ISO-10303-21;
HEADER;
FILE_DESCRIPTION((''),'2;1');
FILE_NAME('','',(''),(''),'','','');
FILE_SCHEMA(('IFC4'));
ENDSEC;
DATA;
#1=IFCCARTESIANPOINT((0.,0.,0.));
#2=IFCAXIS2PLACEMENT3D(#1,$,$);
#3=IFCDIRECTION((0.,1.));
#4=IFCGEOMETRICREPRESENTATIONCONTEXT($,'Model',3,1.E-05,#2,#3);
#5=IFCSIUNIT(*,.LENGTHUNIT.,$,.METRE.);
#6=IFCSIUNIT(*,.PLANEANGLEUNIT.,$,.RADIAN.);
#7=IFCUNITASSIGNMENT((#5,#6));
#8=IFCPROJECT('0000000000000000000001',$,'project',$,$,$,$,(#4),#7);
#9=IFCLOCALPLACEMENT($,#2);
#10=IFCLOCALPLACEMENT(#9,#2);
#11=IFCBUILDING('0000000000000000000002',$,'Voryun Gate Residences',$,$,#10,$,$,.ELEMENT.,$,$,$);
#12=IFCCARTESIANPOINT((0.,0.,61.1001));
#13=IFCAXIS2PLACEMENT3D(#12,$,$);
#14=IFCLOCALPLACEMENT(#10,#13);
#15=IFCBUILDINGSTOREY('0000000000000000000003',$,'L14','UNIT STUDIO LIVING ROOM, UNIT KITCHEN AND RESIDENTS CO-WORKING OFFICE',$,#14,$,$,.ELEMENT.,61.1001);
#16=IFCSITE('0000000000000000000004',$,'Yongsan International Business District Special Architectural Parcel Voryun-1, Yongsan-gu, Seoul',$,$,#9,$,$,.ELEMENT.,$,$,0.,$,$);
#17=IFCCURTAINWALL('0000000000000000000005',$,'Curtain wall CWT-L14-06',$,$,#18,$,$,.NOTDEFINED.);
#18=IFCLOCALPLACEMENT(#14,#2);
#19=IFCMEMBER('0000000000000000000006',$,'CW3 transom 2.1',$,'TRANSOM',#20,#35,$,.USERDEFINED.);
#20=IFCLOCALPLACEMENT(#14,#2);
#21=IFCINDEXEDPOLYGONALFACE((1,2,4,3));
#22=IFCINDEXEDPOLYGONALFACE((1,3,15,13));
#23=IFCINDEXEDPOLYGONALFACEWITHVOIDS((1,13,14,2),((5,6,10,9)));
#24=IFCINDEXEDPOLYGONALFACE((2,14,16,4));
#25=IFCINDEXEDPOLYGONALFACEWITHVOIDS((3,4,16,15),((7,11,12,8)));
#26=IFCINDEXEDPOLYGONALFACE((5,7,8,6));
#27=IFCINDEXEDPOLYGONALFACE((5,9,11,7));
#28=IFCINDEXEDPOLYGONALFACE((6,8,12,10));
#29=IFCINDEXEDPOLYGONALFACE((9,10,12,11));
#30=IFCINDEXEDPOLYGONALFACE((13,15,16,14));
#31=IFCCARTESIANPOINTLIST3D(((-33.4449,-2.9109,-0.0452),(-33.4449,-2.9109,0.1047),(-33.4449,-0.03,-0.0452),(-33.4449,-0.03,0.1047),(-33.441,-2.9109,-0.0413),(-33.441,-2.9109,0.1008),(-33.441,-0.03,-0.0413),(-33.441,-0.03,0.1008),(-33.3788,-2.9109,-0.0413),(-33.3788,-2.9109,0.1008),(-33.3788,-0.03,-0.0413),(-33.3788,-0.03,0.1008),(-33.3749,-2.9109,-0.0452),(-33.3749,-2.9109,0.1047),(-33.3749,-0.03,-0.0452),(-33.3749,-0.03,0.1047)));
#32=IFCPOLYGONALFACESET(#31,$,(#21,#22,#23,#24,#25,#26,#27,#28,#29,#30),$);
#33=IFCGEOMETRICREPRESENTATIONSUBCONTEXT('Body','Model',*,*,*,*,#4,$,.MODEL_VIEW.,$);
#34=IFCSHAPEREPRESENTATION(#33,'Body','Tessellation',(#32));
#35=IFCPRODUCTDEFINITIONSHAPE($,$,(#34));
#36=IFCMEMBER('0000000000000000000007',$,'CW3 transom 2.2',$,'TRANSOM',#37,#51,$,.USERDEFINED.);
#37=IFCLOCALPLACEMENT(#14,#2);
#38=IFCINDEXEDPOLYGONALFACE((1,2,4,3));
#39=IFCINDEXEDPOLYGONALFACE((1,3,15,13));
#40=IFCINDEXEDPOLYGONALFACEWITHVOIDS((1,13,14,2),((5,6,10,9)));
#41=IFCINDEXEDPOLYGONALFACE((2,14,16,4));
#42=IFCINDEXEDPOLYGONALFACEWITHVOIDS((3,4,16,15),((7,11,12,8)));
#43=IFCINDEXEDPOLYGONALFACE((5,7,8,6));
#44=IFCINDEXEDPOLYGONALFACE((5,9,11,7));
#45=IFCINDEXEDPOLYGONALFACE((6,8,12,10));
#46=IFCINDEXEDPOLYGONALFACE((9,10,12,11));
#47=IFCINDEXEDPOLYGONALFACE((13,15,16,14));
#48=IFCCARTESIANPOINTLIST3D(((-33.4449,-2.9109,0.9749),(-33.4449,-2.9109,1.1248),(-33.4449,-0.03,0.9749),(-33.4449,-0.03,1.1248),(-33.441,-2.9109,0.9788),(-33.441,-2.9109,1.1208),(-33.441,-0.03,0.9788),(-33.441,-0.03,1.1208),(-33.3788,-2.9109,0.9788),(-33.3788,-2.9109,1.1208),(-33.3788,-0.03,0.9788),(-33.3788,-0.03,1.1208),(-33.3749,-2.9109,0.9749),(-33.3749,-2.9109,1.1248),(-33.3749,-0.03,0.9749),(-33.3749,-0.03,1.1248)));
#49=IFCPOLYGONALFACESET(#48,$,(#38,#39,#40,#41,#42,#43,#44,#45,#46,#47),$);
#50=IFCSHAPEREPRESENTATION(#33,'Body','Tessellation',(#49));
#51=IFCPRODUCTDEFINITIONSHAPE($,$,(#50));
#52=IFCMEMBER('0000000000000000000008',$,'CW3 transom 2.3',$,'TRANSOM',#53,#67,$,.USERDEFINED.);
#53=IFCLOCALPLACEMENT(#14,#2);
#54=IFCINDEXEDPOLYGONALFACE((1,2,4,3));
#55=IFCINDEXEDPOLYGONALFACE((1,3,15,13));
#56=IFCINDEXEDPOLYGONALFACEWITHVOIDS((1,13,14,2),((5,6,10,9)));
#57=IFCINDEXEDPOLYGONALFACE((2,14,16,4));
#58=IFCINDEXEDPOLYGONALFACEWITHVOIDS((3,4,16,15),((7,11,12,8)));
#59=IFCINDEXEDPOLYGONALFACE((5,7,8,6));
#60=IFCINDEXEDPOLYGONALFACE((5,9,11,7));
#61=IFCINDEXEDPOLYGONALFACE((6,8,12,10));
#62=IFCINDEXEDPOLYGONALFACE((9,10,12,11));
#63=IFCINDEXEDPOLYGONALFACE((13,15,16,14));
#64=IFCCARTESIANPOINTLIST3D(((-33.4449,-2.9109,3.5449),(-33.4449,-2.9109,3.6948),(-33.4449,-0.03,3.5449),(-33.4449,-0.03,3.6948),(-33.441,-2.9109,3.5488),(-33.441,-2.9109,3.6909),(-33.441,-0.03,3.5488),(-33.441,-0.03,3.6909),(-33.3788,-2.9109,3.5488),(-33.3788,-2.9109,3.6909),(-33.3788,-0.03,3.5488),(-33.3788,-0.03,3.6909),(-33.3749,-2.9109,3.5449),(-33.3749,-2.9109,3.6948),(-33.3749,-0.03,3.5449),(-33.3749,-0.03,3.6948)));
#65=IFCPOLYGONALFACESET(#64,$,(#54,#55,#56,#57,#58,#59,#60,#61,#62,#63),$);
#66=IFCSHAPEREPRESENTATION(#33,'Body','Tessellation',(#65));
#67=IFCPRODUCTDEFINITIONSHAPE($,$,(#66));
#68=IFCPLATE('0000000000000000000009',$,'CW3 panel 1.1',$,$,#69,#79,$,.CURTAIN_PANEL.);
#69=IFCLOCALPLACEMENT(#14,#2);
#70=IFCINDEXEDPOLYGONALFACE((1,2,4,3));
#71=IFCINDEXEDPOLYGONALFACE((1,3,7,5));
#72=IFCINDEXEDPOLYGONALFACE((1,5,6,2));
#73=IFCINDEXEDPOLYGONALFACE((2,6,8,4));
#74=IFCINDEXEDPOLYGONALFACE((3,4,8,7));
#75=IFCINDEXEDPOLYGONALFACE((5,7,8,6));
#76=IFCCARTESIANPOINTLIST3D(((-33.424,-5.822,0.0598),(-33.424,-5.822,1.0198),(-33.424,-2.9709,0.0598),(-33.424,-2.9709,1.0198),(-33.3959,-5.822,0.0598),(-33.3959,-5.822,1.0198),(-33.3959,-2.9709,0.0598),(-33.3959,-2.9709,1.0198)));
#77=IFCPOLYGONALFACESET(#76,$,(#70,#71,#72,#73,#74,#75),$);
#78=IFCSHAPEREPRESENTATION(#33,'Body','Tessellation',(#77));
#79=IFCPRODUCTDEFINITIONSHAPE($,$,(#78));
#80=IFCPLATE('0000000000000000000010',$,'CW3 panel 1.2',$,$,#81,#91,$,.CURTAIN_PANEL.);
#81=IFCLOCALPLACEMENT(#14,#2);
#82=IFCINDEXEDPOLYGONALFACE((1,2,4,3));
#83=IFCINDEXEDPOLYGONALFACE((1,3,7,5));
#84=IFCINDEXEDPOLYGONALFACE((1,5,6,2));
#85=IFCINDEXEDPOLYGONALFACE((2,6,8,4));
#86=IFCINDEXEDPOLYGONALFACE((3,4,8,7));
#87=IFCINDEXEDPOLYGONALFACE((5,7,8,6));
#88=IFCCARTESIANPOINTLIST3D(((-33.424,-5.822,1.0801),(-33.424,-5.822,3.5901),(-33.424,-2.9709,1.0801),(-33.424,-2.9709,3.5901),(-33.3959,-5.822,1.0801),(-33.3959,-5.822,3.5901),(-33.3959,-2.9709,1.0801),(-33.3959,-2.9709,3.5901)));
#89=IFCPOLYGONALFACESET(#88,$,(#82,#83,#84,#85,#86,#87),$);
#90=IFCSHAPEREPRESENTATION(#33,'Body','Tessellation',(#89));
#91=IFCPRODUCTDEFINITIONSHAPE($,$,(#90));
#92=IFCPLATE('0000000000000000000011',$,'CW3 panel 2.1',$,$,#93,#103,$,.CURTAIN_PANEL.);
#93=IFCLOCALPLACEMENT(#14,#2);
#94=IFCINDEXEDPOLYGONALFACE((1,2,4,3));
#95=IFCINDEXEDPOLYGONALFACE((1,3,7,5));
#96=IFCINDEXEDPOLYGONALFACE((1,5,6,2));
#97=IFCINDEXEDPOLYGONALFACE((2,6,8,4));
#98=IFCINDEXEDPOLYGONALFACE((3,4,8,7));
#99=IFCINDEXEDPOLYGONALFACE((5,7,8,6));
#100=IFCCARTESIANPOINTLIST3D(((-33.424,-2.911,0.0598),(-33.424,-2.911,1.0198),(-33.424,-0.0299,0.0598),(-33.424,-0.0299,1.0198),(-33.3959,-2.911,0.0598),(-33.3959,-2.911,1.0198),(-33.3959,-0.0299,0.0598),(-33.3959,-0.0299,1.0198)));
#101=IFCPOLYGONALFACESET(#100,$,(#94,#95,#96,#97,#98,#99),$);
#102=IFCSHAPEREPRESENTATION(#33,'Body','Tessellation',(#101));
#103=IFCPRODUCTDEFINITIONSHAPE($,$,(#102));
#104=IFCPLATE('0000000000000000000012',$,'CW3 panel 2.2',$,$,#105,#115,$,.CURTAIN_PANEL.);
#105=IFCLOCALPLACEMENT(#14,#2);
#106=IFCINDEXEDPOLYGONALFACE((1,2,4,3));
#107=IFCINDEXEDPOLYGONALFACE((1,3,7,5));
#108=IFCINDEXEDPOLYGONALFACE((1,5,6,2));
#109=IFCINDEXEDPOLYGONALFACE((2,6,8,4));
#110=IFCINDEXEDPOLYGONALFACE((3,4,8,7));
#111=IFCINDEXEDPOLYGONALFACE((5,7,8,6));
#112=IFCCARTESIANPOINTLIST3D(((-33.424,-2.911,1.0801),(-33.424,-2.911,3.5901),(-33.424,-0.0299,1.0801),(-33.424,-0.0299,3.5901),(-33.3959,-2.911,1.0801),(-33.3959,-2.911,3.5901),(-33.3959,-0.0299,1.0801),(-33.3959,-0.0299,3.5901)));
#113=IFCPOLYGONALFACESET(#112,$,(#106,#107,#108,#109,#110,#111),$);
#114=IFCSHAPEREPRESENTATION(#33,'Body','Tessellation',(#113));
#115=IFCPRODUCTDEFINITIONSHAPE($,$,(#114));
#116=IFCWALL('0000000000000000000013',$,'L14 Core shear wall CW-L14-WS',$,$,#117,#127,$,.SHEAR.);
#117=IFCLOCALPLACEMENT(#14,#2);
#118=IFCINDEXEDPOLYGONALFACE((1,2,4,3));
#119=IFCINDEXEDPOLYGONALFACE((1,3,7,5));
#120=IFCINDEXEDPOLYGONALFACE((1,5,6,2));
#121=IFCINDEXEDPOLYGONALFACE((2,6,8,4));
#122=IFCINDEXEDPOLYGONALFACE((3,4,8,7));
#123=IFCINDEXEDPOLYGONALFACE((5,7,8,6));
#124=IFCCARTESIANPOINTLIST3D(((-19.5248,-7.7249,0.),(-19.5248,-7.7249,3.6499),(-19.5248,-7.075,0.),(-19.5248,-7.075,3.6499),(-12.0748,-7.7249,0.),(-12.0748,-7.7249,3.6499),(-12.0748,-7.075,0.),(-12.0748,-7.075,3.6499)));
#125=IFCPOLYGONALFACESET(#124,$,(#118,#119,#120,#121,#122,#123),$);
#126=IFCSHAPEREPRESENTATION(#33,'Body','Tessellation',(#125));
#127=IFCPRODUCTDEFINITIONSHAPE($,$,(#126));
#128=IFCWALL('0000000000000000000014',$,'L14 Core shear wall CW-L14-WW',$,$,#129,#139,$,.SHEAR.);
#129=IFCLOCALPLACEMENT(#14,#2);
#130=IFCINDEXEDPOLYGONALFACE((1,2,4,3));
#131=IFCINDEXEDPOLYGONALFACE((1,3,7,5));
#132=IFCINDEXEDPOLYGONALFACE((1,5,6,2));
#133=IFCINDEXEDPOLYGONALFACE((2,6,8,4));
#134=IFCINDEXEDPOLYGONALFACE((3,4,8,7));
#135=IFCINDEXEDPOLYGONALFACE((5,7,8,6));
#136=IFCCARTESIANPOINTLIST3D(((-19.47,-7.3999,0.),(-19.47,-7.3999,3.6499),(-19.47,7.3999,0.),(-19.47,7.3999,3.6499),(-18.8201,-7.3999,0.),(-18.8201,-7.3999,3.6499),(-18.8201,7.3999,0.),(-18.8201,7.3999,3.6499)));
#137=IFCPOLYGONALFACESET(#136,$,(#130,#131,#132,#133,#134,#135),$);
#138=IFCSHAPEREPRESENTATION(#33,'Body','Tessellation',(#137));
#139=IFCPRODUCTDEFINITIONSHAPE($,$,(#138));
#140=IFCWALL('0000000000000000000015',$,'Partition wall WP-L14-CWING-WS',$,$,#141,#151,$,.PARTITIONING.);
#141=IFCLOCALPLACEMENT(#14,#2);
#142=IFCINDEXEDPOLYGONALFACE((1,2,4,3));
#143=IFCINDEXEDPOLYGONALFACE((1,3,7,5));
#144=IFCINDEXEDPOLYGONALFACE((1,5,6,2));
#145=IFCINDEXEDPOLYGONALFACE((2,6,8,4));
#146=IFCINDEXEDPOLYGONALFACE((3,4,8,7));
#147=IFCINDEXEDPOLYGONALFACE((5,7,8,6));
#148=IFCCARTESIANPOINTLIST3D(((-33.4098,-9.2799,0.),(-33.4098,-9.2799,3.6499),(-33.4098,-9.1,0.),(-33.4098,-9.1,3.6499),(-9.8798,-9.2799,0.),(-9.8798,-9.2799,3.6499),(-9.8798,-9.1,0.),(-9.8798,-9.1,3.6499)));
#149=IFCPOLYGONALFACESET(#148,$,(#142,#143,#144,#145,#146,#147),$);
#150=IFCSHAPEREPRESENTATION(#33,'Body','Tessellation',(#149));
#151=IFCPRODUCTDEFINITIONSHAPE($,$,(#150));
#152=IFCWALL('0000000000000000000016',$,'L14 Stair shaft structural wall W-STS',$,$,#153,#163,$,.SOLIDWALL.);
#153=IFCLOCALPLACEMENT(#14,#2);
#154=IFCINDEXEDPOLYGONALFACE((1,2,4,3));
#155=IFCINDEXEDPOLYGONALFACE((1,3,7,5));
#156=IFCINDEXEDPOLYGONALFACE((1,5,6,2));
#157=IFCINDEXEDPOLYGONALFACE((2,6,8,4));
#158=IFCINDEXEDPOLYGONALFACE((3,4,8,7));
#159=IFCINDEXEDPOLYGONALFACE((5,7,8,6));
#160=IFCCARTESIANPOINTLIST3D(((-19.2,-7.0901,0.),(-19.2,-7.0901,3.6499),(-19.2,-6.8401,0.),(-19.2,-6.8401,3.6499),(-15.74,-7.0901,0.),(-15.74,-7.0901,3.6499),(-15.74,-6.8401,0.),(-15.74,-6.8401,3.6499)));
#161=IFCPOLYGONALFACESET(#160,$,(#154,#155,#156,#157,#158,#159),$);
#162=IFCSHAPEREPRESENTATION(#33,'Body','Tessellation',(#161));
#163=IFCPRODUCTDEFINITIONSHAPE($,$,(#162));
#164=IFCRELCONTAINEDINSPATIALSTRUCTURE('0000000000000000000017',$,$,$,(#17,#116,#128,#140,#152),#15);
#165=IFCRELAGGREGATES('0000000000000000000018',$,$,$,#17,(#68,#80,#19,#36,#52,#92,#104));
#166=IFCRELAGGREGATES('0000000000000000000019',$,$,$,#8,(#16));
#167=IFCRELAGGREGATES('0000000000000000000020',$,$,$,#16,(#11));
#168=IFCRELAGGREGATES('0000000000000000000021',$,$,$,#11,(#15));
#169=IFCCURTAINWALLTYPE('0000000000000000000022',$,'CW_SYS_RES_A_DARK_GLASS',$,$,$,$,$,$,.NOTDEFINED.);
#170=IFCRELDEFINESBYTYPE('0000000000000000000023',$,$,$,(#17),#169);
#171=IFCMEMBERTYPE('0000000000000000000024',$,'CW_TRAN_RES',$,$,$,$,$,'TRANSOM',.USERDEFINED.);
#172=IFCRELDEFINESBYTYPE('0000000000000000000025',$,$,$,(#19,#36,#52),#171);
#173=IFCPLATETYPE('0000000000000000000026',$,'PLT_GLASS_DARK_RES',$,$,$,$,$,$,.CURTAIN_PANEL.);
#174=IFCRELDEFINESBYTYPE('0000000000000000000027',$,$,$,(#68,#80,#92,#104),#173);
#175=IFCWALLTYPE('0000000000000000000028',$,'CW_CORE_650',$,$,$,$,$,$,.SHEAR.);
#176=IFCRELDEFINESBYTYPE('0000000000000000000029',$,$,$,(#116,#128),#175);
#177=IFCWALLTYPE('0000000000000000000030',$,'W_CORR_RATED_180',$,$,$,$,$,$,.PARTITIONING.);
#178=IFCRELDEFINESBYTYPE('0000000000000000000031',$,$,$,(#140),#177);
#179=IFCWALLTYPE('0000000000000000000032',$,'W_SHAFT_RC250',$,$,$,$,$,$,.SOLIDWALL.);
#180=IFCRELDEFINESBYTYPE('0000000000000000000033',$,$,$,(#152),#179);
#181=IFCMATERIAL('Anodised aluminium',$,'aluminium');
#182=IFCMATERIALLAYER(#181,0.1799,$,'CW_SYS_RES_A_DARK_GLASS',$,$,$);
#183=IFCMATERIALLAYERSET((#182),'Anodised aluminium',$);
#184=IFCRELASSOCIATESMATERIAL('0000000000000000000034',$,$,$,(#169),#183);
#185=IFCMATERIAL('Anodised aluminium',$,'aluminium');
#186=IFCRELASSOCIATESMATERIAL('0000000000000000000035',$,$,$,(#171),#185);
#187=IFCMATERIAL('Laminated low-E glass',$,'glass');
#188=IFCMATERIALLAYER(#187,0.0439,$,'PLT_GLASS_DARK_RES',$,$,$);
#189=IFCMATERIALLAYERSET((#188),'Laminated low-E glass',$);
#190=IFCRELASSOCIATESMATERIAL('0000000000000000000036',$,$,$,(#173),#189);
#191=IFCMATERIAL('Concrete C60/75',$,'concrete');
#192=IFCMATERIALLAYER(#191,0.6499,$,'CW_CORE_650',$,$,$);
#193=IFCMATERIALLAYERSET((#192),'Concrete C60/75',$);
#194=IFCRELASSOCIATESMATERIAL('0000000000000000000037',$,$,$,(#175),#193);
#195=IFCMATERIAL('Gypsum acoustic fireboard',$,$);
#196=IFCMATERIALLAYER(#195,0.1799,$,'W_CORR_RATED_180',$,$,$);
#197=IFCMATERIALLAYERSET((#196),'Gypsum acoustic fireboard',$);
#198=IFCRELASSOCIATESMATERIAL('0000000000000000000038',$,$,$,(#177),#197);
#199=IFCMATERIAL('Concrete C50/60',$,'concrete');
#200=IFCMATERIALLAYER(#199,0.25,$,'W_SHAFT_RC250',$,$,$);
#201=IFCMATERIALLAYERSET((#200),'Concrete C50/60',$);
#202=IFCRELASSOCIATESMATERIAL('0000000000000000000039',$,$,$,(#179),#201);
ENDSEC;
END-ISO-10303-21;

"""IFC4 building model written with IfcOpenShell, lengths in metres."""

from ifc_helpers import new_model, si_unit, direction, frame, frame_2d, origin, origin_2d, place, context, subcontext, project, spatial, rectangle, hollow_rectangle, extrude, material, layer, layer_set, material_profile, profile_set, type_object, element, aggregate, save


model = new_model("IFC4")

# Units and contexts
model_context = context("Model", 3, precision=1e-05, world=origin(), true_north=direction((0.0, 1.0)))
body_context = subcontext(model_context, "Body", "Model", "MODEL_VIEW")
ifc_project = project(units=[si_unit("LENGTHUNIT", "METRE"), si_unit("PLANEANGLEUNIT", "RADIAN")], contexts=[model_context])

# Site, building, storey
site_placement = place(None, origin())
site = spatial("IfcSite", under=ifc_project, at=site_placement, Name="Yongsan International Business District Special Architectural Parcel Voryun-1, Yongsan-gu, Seoul", CompositionType="ELEMENT", RefElevation=0.0)
building_placement = place(site_placement, origin())
building = spatial("IfcBuilding", under=site, at=building_placement, Name="Voryun Gate Residences", CompositionType="ELEMENT")
storey_placement = place(building_placement, frame((0.0, 0.0, 61.1001)))
storey = spatial("IfcBuildingStorey", under=building, at=storey_placement, Name="L14", Description="UNIT STUDIO LIVING ROOM, UNIT KITCHEN AND RESIDENTS CO-WORKING OFFICE", CompositionType="ELEMENT", Elevation=61.1001)

# Curtain wall, members, plates
ifc_material_1 = material(Name="Anodised aluminium", Category="aluminium")
ifc_layer_1 = layer(ifc_material_1, 0.1799, Name="CW_SYS_RES_A_DARK_GLASS")
ifc_layer_set_1 = layer_set([ifc_layer_1], Name="Anodised aluminium")
curtain_wall_type = type_object("IfcCurtainWallType", Name="CW_SYS_RES_A_DARK_GLASS", PredefinedType="NOTDEFINED", material=ifc_layer_set_1)
curtain_wall_placement = place(storey_placement, origin())
curtain_wall = element("IfcCurtainWall", 1, at=curtain_wall_placement, inside=storey, type_object=curtain_wall_type, Name="Curtain wall CWT-L14-06", PredefinedType="NOTDEFINED")
ifc_material_2 = material(Name="Anodised aluminium", Category="aluminium")
ifc_material_profile_1 = material_profile(ifc_material_2, hollow_rectangle(XDim=0.0701, YDim=0.1499, WallThickness=0.0039, at=origin_2d()), Name="ALU-TRAN-150x70x4")
ifc_profile_set_1 = profile_set([ifc_material_profile_1], Name="Anodised aluminium")
member_type_1 = type_object("IfcMemberType", Name="CW_TRAN_RES", ElementType="TRANSOM", PredefinedType="USERDEFINED", material=ifc_profile_set_1)
member_1_placement = place(storey_placement, frame((-33.4099, -2.9109, 0.0298), z_axis=(0.0, 1.0, 0.0), x_axis=(-1.0, 0.0, 0.0)))
member_1 = element("IfcMember", 2, at=member_1_placement, type_object=member_type_1, Name="CW3 transom 2.1", ObjectType="TRANSOM", PredefinedType="USERDEFINED", context=body_context, shape_type="SweptSolid", body=[
    extrude(hollow_rectangle(XDim=0.0701, YDim=0.1499, WallThickness=0.0039, at=origin_2d()), origin(), (0.0, 0.0, 1.0), 2.8809),
])
member_2_placement = place(storey_placement, frame((-33.4099, -2.9109, 1.0498), z_axis=(0.0, 1.0, 0.0), x_axis=(-1.0, 0.0, 0.0)))
member_2 = element("IfcMember", 3, at=member_2_placement, type_object=member_type_1, Name="CW3 transom 2.2", ObjectType="TRANSOM", PredefinedType="USERDEFINED", context=body_context, shape_type="SweptSolid", body=[
    extrude(hollow_rectangle(XDim=0.0701, YDim=0.1499, WallThickness=0.0039, at=origin_2d()), origin(), (0.0, 0.0, 1.0), 2.8809),
])
member_3_placement = place(storey_placement, frame((-33.4099, -2.9109, 3.6199), z_axis=(0.0, 1.0, 0.0), x_axis=(-1.0, 0.0, 0.0)))
member_3 = element("IfcMember", 4, at=member_3_placement, type_object=member_type_1, Name="CW3 transom 2.3", ObjectType="TRANSOM", PredefinedType="USERDEFINED", context=body_context, shape_type="SweptSolid", body=[
    extrude(hollow_rectangle(XDim=0.0701, YDim=0.1499, WallThickness=0.0039, at=origin_2d()), origin(), (0.0, 0.0, 1.0), 2.8809),
])
ifc_material_3 = material(Name="Laminated low-E glass", Category="glass")
ifc_layer_2 = layer(ifc_material_3, 0.0439, Name="PLT_GLASS_DARK_RES")
ifc_layer_set_2 = layer_set([ifc_layer_2], Name="Laminated low-E glass")
plate_type = type_object("IfcPlateType", Name="PLT_GLASS_DARK_RES", PredefinedType="CURTAIN_PANEL", material=ifc_layer_set_2)
plate_1_placement = place(storey_placement, frame((-33.4099, -4.3965, 0.0598), z_axis=(0.0, 0.0, 1.0), x_axis=(0.0, 1.0, 0.0)))
plate_1 = element("IfcPlate", 5, at=plate_1_placement, type_object=plate_type, Name="CW3 panel 1.1", PredefinedType="CURTAIN_PANEL", context=body_context, shape_type="SweptSolid", body=[
    extrude(rectangle(XDim=2.8511, YDim=0.0281, at=origin_2d()), origin(), (0.0, 0.0, 1.0), 0.96),
])
plate_2_placement = place(storey_placement, frame((-33.4099, -4.3965, 1.0801), z_axis=(0.0, 0.0, 1.0), x_axis=(0.0, 1.0, 0.0)))
plate_2 = element("IfcPlate", 6, at=plate_2_placement, type_object=plate_type, Name="CW3 panel 1.2", PredefinedType="CURTAIN_PANEL", context=body_context, shape_type="SweptSolid", body=[
    extrude(rectangle(XDim=2.8511, YDim=0.0281, at=origin_2d()), origin(), (0.0, 0.0, 1.0), 2.51),
])
plate_3_placement = place(storey_placement, frame((-33.4099, -1.4705, 0.0598), z_axis=(0.0, 0.0, 1.0), x_axis=(0.0, 1.0, 0.0)))
plate_3 = element("IfcPlate", 7, at=plate_3_placement, type_object=plate_type, Name="CW3 panel 2.1", PredefinedType="CURTAIN_PANEL", context=body_context, shape_type="SweptSolid", body=[
    extrude(rectangle(XDim=2.8811, YDim=0.0281, at=origin_2d()), origin(), (0.0, 0.0, 1.0), 0.96),
])
plate_4_placement = place(storey_placement, frame((-33.4099, -1.4705, 1.0801), z_axis=(0.0, 0.0, 1.0), x_axis=(0.0, 1.0, 0.0)))
plate_4 = element("IfcPlate", 8, at=plate_4_placement, type_object=plate_type, Name="CW3 panel 2.2", PredefinedType="CURTAIN_PANEL", context=body_context, shape_type="SweptSolid", body=[
    extrude(rectangle(XDim=2.8811, YDim=0.0281, at=origin_2d()), origin(), (0.0, 0.0, 1.0), 2.51),
])
aggregate(curtain_wall, [plate_1, plate_2, member_1, member_2, member_3, plate_3, plate_4])

# Walls
ifc_material_4 = material(Name="Concrete C60/75", Category="concrete")
ifc_layer_3 = layer(ifc_material_4, 0.6499, Name="CW_CORE_650")
ifc_layer_set_3 = layer_set([ifc_layer_3], Name="Concrete C60/75")
wall_type_1 = type_object("IfcWallType", Name="CW_CORE_650", PredefinedType="SHEAR", material=ifc_layer_set_3)
wall_1_placement = place(storey_placement, frame((-19.5249, -7.3999, 0.0), z_axis=(0.0, 0.0, 1.0), x_axis=(1.0, 0.0, 0.0)))
element("IfcWall", 9, at=wall_1_placement, inside=storey, type_object=wall_type_1, Name="L14 Core shear wall CW-L14-WS", PredefinedType="SHEAR", context=body_context, shape_type="SweptSolid", body=[
    extrude(rectangle(XDim=7.45, YDim=0.6499, at=frame_2d((3.7251, 0.0))), origin(), (0.0, 0.0, 1.0), 3.6499),
])
wall_2_placement = place(storey_placement, frame((-19.145, -7.3999, 0.0), z_axis=(0.0, 0.0, 1.0), x_axis=(0.0, 1.0, 0.0)))
element("IfcWall", 10, at=wall_2_placement, inside=storey, type_object=wall_type_1, Name="L14 Core shear wall CW-L14-WW", PredefinedType="SHEAR", context=body_context, shape_type="SweptSolid", body=[
    extrude(rectangle(XDim=14.7998, YDim=0.6499, at=frame_2d((7.3999, 0.0))), origin(), (0.0, 0.0, 1.0), 3.6499),
])
ifc_material_5 = material(Name="Gypsum acoustic fireboard")
ifc_layer_4 = layer(ifc_material_5, 0.1799, Name="W_CORR_RATED_180")
ifc_layer_set_4 = layer_set([ifc_layer_4], Name="Gypsum acoustic fireboard")
wall_type_2 = type_object("IfcWallType", Name="W_CORR_RATED_180", PredefinedType="PARTITIONING", material=ifc_layer_set_4)
wall_3_placement = place(storey_placement, frame((-33.4099, -9.1899, 0.0), z_axis=(0.0, 0.0, 1.0), x_axis=(1.0, 0.0, 0.0)))
element("IfcWall", 11, at=wall_3_placement, inside=storey, type_object=wall_type_2, Name="Partition wall WP-L14-CWING-WS", PredefinedType="PARTITIONING", context=body_context, shape_type="SweptSolid", body=[
    extrude(rectangle(XDim=23.53, YDim=0.1799, at=frame_2d((11.7651, 0.0))), origin(), (0.0, 0.0, 1.0), 3.6499),
])
ifc_material_6 = material(Name="Concrete C50/60", Category="concrete")
ifc_layer_5 = layer(ifc_material_6, 0.25, Name="W_SHAFT_RC250")
ifc_layer_set_5 = layer_set([ifc_layer_5], Name="Concrete C50/60")
wall_type_3 = type_object("IfcWallType", Name="W_SHAFT_RC250", PredefinedType="SOLIDWALL", material=ifc_layer_set_5)
wall_4_placement = place(storey_placement, frame((-19.2, -6.9651, 0.0), z_axis=(0.0, 0.0, 1.0), x_axis=(1.0, 0.0, 0.0)))
element("IfcWall", 12, at=wall_4_placement, inside=storey, type_object=wall_type_3, Name="L14 Stair shaft structural wall W-STS", PredefinedType="SOLIDWALL", context=body_context, shape_type="SweptSolid", body=[
    extrude(rectangle(XDim=3.46, YDim=0.25, at=frame_2d((1.73, 0.0))), origin(), (0.0, 0.0, 1.0), 3.6499),
])

save(model, "model.ifc")
